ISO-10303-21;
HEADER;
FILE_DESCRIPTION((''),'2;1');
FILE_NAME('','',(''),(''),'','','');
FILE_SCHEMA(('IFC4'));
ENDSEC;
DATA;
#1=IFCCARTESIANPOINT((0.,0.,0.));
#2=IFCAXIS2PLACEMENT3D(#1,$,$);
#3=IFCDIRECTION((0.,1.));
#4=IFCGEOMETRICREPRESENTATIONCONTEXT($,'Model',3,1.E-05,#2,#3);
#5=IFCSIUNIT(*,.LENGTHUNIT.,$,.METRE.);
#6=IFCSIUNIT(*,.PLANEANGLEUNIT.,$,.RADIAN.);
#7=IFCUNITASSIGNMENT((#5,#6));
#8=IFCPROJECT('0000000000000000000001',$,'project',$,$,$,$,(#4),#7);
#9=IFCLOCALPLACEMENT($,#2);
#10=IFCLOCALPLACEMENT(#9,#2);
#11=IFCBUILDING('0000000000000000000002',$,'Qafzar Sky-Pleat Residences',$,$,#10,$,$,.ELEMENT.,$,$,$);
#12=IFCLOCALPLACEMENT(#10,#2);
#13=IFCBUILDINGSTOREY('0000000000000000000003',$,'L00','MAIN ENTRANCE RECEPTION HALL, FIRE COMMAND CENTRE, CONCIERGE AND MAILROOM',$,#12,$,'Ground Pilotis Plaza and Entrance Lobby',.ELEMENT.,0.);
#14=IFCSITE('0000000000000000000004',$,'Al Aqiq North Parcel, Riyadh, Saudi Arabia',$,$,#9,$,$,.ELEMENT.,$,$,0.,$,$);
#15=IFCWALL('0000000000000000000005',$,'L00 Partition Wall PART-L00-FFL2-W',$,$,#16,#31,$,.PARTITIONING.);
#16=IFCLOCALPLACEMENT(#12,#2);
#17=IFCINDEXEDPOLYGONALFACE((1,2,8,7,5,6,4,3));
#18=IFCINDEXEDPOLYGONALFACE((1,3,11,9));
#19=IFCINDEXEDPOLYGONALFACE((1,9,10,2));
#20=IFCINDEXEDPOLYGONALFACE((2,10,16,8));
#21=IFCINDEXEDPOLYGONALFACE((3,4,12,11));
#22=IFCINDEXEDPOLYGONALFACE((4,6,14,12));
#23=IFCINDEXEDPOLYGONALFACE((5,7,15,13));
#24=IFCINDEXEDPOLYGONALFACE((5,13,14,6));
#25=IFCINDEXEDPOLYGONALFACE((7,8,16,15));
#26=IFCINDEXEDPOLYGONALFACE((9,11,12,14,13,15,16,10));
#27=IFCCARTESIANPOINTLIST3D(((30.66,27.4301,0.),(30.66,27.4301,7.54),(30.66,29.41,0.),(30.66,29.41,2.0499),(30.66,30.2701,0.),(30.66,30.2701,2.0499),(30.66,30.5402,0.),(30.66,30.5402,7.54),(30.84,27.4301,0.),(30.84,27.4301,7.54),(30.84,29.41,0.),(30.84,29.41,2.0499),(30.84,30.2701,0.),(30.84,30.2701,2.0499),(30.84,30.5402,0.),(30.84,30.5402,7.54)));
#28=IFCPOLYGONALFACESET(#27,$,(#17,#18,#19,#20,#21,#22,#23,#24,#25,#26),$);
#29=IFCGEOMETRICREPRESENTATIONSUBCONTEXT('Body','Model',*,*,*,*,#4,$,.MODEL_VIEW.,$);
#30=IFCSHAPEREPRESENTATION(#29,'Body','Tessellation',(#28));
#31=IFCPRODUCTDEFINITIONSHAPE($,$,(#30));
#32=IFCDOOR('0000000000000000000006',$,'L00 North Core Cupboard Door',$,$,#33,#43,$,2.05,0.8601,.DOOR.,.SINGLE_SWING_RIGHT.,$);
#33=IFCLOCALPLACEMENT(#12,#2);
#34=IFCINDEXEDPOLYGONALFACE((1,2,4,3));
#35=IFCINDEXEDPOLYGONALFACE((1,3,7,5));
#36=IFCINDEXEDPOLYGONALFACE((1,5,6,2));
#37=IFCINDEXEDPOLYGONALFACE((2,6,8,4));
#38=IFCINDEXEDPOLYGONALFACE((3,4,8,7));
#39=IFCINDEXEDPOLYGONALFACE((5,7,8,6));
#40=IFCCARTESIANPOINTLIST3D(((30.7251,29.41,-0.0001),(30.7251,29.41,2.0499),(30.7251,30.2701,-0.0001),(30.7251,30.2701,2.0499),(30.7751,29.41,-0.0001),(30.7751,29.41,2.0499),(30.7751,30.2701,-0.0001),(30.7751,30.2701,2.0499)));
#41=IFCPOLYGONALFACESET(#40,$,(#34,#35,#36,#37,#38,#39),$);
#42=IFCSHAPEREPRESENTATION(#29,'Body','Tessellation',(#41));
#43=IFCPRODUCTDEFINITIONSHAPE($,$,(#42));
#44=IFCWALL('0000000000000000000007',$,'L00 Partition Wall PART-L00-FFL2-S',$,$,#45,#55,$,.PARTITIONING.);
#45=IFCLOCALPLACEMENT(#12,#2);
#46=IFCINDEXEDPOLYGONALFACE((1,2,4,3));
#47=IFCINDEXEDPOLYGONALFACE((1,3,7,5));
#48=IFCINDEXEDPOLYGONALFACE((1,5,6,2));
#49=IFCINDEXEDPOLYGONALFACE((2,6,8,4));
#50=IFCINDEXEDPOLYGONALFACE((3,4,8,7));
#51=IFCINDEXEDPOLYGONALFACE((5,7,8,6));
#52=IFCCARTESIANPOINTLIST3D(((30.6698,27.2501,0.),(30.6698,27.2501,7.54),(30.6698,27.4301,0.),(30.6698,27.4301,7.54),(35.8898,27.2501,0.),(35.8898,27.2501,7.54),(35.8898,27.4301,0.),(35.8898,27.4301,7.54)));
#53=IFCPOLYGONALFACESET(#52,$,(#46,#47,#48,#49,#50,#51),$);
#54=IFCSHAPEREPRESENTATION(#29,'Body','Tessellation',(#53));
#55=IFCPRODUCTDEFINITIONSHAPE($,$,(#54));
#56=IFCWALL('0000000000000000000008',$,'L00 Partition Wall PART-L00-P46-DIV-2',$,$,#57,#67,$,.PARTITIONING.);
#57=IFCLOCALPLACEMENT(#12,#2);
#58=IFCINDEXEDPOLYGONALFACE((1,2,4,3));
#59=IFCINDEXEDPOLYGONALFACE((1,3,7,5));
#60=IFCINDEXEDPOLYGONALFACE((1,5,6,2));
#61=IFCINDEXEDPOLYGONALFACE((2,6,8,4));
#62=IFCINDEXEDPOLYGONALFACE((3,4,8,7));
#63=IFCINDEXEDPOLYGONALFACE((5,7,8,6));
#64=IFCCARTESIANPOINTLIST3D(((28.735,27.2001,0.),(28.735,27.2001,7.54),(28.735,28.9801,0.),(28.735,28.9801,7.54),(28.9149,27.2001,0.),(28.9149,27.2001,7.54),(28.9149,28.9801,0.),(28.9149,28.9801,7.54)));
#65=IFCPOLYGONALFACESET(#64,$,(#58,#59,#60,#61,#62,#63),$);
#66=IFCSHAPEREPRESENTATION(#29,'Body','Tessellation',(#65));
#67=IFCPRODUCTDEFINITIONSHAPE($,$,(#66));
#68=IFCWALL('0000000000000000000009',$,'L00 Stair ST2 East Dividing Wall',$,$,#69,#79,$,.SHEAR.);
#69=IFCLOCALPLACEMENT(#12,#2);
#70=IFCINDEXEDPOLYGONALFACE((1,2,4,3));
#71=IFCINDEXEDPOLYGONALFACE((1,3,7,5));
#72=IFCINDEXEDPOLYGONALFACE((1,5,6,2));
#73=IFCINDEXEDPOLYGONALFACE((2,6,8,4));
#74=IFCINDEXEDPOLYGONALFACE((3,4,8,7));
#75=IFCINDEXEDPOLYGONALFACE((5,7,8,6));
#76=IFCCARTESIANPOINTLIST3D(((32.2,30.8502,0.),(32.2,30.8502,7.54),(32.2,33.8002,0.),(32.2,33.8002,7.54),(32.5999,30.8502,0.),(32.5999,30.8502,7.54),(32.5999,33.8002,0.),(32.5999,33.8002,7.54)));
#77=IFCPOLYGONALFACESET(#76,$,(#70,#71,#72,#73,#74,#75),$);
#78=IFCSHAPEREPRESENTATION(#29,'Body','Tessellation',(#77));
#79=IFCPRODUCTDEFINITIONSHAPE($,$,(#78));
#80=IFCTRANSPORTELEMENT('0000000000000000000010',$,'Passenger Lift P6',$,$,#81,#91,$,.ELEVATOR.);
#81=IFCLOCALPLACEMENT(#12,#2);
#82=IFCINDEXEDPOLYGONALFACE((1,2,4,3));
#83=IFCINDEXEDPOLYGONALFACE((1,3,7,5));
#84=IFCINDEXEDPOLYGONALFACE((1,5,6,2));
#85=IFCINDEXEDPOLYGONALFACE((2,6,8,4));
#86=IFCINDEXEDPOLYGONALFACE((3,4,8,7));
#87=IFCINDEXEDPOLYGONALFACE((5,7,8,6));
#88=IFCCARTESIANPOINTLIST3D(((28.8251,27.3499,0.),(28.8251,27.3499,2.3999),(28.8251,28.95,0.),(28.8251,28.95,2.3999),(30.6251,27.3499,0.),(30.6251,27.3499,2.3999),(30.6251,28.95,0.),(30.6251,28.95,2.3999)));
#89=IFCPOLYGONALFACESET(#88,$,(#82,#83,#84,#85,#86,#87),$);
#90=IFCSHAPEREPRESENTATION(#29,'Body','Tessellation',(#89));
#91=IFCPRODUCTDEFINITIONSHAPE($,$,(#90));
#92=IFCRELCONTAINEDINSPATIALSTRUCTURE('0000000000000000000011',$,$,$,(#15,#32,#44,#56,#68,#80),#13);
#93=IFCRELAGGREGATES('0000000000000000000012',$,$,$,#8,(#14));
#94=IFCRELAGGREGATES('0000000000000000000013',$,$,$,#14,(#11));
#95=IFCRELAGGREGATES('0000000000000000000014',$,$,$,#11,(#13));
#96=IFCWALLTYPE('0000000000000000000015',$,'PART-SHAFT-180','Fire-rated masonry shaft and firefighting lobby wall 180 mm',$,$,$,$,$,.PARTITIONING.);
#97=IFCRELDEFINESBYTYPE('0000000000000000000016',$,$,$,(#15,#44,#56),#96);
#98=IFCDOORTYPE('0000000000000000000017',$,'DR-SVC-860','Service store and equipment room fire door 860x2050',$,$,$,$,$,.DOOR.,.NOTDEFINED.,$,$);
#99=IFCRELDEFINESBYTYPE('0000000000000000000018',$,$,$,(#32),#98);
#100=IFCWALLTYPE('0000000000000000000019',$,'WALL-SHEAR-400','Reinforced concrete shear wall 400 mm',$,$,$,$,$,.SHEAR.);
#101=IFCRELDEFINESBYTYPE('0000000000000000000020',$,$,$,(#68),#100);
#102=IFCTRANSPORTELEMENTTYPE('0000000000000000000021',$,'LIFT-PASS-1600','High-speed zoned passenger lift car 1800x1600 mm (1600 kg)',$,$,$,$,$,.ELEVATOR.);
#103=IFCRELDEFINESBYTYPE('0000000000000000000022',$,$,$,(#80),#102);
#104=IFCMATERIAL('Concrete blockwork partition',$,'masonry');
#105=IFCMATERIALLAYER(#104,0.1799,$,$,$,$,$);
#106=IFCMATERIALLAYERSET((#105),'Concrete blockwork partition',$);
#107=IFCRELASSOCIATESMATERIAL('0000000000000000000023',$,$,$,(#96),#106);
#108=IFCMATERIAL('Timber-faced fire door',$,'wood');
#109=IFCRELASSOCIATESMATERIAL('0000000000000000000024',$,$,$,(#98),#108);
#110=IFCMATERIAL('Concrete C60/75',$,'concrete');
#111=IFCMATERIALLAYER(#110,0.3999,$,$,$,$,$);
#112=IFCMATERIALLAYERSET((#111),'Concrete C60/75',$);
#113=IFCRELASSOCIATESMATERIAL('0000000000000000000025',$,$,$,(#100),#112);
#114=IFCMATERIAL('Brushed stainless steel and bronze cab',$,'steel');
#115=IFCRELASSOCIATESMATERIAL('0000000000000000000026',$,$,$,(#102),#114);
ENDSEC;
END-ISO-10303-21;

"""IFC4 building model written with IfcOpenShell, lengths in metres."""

from ifc_helpers import new_model, si_unit, direction, frame, frame_2d, origin, origin_2d, place, context, subcontext, project, spatial, rectangle, extrude, source, transform, mapped, material, layer, layer_set, type_object, element, fill, save


model = new_model("IFC4")

# Units and contexts
model_context = context("Model", 3, precision=1e-05, world=origin(), true_north=direction((0.0, 1.0)))
body_context = subcontext(model_context, "Body", "Model", "MODEL_VIEW")
ifc_project = project(units=[si_unit("LENGTHUNIT", "METRE"), si_unit("PLANEANGLEUNIT", "RADIAN")], contexts=[model_context])

# Site, building, storey
site_placement = place(None, origin())
site = spatial("IfcSite", under=ifc_project, at=site_placement, Name="Al Aqiq North Parcel, Riyadh, Saudi Arabia", CompositionType="ELEMENT", RefElevation=0.0)
building_placement = place(site_placement, origin())
building = spatial("IfcBuilding", under=site, at=building_placement, Name="Qafzar Sky-Pleat Residences", CompositionType="ELEMENT")
storey_placement = place(building_placement, origin())
storey = spatial("IfcBuildingStorey", under=building, at=storey_placement, Name="L00", Description="MAIN ENTRANCE RECEPTION HALL, FIRE COMMAND CENTRE, CONCIERGE AND MAILROOM", LongName="Ground Pilotis Plaza and Entrance Lobby", CompositionType="ELEMENT", Elevation=0.0)

# Shared definitions
ifc_material_1 = material(Name="Concrete blockwork partition", Category="masonry")
ifc_layer_1 = layer(ifc_material_1, 0.1799)
ifc_layer_set_1 = layer_set([ifc_layer_1], Name="Concrete blockwork partition")
wall_type_1 = type_object("IfcWallType", Name="PART-SHAFT-180", Description="Fire-rated masonry shaft and firefighting lobby wall 180 mm", PredefinedType="PARTITIONING", material=ifc_layer_set_1)

# Wall, opening, door
wall_1_placement = place(storey_placement, frame((30.75, 27.4299, 0.0), z_axis=(0.0, 0.0, 1.0), x_axis=(0.0, 1.0, 0.0)))
wall_1 = element("IfcWall", 1, at=wall_1_placement, inside=storey, type_object=wall_type_1, Name="L00 Partition Wall PART-L00-FFL2-W", PredefinedType="PARTITIONING", context=body_context, shape_type="SweptSolid", body=[
    extrude(rectangle(XDim=3.1101, YDim=0.1799, at=frame_2d((1.5552, 0.0))), origin(), (0.0, 0.0, 1.0), 7.54),
])
opening_1_placement = place(wall_1_placement, frame((1.98, 0.0, 0.0)))
opening_1 = element("IfcOpeningElement", 2, at=opening_1_placement, cuts=wall_1, PredefinedType="OPENING", context=body_context, shape_type="SweptSolid", body=[
    extrude(rectangle(XDim=0.8601, YDim=2.05, at=frame_2d((0.4302, 1.0249))), frame((0.0, 0.1001, 0.0), z_axis=(0.0, -1.0, 0.0), x_axis=(1.0, 0.0, 0.0)), (0.0, 0.0, 1.0), 0.2),
])
ifc_material_2 = material(Name="Timber-faced fire door", Category="wood")
door_type_1 = type_object("IfcDoorType", Name="DR-SVC-860", Description="Service store and equipment room fire door 860x2050", OperationType="NOTDEFINED", PredefinedType="DOOR", material=ifc_material_2)
shared_shape_1 = source(origin(), body_context, "Body", "SweptSolid", [
    extrude(rectangle(XDim=0.8601, YDim=2.05, at=frame_2d((0.4302, 1.0249))), frame((0.0, 0.0249, 0.0), z_axis=(0.0, -1.0, 0.0), x_axis=(1.0, 0.0, 0.0)), (0.0, 0.0, 1.0), 0.05),
])
door_1_placement = place(opening_1_placement, origin())
door_1 = element("IfcDoor", 3, at=door_1_placement, inside=storey, type_object=door_type_1, Name="L00 North Core Cupboard Door", OperationType="SINGLE_SWING_RIGHT", OverallHeight=2.05, OverallWidth=0.8601, PredefinedType="DOOR", context=body_context, shape_type="MappedRepresentation", body=[
    mapped(shared_shape_1, transform((0.0, 0.0, 0.0), x_axis=(1.0, 0.0, 0.0), y_axis=(0.0, 1.0, 0.0), z_axis=(0.0, 0.0, 1.0), scale=1.0)),
])
fill(opening_1, door_1)

# Wall
wall_2_placement = place(storey_placement, frame((30.6699, 27.3401, 0.0), z_axis=(0.0, 0.0, 1.0), x_axis=(1.0, 0.0, 0.0)))
element("IfcWall", 4, at=wall_2_placement, inside=storey, type_object=wall_type_1, Name="L00 Partition Wall PART-L00-FFL2-S", PredefinedType="PARTITIONING", context=body_context, shape_type="SweptSolid", body=[
    extrude(rectangle(XDim=5.22, YDim=0.1799, at=frame_2d((2.6099, 0.0))), origin(), (0.0, 0.0, 1.0), 7.54),
])

# Wall
wall_3_placement = place(storey_placement, frame((28.825, 27.2, 0.0), z_axis=(0.0, 0.0, 1.0), x_axis=(0.0, 1.0, 0.0)))
element("IfcWall", 5, at=wall_3_placement, inside=storey, type_object=wall_type_1, Name="L00 Partition Wall PART-L00-P46-DIV-2", PredefinedType="PARTITIONING", context=body_context, shape_type="SweptSolid", body=[
    extrude(rectangle(XDim=1.78, YDim=0.1799, at=frame_2d((0.8901, 0.0))), origin(), (0.0, 0.0, 1.0), 7.54),
])

# Wall
ifc_material_3 = material(Name="Concrete C60/75", Category="concrete")
ifc_layer_2 = layer(ifc_material_3, 0.3999)
ifc_layer_set_2 = layer_set([ifc_layer_2], Name="Concrete C60/75")
wall_type_2 = type_object("IfcWallType", Name="WALL-SHEAR-400", Description="Reinforced concrete shear wall 400 mm", PredefinedType="SHEAR", material=ifc_layer_set_2)
wall_4_placement = place(storey_placement, frame((32.3999, 30.8501, 0.0), z_axis=(0.0, 0.0, 1.0), x_axis=(0.0, 1.0, 0.0)))
element("IfcWall", 6, at=wall_4_placement, inside=storey, type_object=wall_type_2, Name="L00 Stair ST2 East Dividing Wall", PredefinedType="SHEAR", context=body_context, shape_type="SweptSolid", body=[
    extrude(rectangle(XDim=2.95, YDim=0.3999, at=frame_2d((1.4751, 0.0))), origin(), (0.0, 0.0, 1.0), 7.54),
])

# Transport element
ifc_material_4 = material(Name="Brushed stainless steel and bronze cab", Category="steel")
transport_element_type = type_object("IfcTransportElementType", Name="LIFT-PASS-1600", Description="High-speed zoned passenger lift car 1800x1600 mm (1600 kg)", PredefinedType="ELEVATOR", material=ifc_material_4)
shared_shape_2 = source(origin(), body_context, "Body", "SweptSolid", [
    extrude(rectangle(XDim=1.8, YDim=1.6001, at=origin_2d()), origin(), (0.0, 0.0, 1.0), 2.3999),
])
transport_element_placement = place(storey_placement, frame((29.7251, 28.1499, 0.0), z_axis=(0.0, 0.0, 1.0), x_axis=(1.0, 0.0, 0.0)))
element("IfcTransportElement", 7, at=transport_element_placement, inside=storey, type_object=transport_element_type, Name="Passenger Lift P6", PredefinedType="ELEVATOR", context=body_context, shape_type="MappedRepresentation", body=[
    mapped(shared_shape_2, transform((0.0, 0.0, 0.0), x_axis=(1.0, 0.0, 0.0), y_axis=(0.0, 1.0, 0.0), z_axis=(0.0, 0.0, 1.0), scale=1.0)),
])

save(model, "model.ifc")
